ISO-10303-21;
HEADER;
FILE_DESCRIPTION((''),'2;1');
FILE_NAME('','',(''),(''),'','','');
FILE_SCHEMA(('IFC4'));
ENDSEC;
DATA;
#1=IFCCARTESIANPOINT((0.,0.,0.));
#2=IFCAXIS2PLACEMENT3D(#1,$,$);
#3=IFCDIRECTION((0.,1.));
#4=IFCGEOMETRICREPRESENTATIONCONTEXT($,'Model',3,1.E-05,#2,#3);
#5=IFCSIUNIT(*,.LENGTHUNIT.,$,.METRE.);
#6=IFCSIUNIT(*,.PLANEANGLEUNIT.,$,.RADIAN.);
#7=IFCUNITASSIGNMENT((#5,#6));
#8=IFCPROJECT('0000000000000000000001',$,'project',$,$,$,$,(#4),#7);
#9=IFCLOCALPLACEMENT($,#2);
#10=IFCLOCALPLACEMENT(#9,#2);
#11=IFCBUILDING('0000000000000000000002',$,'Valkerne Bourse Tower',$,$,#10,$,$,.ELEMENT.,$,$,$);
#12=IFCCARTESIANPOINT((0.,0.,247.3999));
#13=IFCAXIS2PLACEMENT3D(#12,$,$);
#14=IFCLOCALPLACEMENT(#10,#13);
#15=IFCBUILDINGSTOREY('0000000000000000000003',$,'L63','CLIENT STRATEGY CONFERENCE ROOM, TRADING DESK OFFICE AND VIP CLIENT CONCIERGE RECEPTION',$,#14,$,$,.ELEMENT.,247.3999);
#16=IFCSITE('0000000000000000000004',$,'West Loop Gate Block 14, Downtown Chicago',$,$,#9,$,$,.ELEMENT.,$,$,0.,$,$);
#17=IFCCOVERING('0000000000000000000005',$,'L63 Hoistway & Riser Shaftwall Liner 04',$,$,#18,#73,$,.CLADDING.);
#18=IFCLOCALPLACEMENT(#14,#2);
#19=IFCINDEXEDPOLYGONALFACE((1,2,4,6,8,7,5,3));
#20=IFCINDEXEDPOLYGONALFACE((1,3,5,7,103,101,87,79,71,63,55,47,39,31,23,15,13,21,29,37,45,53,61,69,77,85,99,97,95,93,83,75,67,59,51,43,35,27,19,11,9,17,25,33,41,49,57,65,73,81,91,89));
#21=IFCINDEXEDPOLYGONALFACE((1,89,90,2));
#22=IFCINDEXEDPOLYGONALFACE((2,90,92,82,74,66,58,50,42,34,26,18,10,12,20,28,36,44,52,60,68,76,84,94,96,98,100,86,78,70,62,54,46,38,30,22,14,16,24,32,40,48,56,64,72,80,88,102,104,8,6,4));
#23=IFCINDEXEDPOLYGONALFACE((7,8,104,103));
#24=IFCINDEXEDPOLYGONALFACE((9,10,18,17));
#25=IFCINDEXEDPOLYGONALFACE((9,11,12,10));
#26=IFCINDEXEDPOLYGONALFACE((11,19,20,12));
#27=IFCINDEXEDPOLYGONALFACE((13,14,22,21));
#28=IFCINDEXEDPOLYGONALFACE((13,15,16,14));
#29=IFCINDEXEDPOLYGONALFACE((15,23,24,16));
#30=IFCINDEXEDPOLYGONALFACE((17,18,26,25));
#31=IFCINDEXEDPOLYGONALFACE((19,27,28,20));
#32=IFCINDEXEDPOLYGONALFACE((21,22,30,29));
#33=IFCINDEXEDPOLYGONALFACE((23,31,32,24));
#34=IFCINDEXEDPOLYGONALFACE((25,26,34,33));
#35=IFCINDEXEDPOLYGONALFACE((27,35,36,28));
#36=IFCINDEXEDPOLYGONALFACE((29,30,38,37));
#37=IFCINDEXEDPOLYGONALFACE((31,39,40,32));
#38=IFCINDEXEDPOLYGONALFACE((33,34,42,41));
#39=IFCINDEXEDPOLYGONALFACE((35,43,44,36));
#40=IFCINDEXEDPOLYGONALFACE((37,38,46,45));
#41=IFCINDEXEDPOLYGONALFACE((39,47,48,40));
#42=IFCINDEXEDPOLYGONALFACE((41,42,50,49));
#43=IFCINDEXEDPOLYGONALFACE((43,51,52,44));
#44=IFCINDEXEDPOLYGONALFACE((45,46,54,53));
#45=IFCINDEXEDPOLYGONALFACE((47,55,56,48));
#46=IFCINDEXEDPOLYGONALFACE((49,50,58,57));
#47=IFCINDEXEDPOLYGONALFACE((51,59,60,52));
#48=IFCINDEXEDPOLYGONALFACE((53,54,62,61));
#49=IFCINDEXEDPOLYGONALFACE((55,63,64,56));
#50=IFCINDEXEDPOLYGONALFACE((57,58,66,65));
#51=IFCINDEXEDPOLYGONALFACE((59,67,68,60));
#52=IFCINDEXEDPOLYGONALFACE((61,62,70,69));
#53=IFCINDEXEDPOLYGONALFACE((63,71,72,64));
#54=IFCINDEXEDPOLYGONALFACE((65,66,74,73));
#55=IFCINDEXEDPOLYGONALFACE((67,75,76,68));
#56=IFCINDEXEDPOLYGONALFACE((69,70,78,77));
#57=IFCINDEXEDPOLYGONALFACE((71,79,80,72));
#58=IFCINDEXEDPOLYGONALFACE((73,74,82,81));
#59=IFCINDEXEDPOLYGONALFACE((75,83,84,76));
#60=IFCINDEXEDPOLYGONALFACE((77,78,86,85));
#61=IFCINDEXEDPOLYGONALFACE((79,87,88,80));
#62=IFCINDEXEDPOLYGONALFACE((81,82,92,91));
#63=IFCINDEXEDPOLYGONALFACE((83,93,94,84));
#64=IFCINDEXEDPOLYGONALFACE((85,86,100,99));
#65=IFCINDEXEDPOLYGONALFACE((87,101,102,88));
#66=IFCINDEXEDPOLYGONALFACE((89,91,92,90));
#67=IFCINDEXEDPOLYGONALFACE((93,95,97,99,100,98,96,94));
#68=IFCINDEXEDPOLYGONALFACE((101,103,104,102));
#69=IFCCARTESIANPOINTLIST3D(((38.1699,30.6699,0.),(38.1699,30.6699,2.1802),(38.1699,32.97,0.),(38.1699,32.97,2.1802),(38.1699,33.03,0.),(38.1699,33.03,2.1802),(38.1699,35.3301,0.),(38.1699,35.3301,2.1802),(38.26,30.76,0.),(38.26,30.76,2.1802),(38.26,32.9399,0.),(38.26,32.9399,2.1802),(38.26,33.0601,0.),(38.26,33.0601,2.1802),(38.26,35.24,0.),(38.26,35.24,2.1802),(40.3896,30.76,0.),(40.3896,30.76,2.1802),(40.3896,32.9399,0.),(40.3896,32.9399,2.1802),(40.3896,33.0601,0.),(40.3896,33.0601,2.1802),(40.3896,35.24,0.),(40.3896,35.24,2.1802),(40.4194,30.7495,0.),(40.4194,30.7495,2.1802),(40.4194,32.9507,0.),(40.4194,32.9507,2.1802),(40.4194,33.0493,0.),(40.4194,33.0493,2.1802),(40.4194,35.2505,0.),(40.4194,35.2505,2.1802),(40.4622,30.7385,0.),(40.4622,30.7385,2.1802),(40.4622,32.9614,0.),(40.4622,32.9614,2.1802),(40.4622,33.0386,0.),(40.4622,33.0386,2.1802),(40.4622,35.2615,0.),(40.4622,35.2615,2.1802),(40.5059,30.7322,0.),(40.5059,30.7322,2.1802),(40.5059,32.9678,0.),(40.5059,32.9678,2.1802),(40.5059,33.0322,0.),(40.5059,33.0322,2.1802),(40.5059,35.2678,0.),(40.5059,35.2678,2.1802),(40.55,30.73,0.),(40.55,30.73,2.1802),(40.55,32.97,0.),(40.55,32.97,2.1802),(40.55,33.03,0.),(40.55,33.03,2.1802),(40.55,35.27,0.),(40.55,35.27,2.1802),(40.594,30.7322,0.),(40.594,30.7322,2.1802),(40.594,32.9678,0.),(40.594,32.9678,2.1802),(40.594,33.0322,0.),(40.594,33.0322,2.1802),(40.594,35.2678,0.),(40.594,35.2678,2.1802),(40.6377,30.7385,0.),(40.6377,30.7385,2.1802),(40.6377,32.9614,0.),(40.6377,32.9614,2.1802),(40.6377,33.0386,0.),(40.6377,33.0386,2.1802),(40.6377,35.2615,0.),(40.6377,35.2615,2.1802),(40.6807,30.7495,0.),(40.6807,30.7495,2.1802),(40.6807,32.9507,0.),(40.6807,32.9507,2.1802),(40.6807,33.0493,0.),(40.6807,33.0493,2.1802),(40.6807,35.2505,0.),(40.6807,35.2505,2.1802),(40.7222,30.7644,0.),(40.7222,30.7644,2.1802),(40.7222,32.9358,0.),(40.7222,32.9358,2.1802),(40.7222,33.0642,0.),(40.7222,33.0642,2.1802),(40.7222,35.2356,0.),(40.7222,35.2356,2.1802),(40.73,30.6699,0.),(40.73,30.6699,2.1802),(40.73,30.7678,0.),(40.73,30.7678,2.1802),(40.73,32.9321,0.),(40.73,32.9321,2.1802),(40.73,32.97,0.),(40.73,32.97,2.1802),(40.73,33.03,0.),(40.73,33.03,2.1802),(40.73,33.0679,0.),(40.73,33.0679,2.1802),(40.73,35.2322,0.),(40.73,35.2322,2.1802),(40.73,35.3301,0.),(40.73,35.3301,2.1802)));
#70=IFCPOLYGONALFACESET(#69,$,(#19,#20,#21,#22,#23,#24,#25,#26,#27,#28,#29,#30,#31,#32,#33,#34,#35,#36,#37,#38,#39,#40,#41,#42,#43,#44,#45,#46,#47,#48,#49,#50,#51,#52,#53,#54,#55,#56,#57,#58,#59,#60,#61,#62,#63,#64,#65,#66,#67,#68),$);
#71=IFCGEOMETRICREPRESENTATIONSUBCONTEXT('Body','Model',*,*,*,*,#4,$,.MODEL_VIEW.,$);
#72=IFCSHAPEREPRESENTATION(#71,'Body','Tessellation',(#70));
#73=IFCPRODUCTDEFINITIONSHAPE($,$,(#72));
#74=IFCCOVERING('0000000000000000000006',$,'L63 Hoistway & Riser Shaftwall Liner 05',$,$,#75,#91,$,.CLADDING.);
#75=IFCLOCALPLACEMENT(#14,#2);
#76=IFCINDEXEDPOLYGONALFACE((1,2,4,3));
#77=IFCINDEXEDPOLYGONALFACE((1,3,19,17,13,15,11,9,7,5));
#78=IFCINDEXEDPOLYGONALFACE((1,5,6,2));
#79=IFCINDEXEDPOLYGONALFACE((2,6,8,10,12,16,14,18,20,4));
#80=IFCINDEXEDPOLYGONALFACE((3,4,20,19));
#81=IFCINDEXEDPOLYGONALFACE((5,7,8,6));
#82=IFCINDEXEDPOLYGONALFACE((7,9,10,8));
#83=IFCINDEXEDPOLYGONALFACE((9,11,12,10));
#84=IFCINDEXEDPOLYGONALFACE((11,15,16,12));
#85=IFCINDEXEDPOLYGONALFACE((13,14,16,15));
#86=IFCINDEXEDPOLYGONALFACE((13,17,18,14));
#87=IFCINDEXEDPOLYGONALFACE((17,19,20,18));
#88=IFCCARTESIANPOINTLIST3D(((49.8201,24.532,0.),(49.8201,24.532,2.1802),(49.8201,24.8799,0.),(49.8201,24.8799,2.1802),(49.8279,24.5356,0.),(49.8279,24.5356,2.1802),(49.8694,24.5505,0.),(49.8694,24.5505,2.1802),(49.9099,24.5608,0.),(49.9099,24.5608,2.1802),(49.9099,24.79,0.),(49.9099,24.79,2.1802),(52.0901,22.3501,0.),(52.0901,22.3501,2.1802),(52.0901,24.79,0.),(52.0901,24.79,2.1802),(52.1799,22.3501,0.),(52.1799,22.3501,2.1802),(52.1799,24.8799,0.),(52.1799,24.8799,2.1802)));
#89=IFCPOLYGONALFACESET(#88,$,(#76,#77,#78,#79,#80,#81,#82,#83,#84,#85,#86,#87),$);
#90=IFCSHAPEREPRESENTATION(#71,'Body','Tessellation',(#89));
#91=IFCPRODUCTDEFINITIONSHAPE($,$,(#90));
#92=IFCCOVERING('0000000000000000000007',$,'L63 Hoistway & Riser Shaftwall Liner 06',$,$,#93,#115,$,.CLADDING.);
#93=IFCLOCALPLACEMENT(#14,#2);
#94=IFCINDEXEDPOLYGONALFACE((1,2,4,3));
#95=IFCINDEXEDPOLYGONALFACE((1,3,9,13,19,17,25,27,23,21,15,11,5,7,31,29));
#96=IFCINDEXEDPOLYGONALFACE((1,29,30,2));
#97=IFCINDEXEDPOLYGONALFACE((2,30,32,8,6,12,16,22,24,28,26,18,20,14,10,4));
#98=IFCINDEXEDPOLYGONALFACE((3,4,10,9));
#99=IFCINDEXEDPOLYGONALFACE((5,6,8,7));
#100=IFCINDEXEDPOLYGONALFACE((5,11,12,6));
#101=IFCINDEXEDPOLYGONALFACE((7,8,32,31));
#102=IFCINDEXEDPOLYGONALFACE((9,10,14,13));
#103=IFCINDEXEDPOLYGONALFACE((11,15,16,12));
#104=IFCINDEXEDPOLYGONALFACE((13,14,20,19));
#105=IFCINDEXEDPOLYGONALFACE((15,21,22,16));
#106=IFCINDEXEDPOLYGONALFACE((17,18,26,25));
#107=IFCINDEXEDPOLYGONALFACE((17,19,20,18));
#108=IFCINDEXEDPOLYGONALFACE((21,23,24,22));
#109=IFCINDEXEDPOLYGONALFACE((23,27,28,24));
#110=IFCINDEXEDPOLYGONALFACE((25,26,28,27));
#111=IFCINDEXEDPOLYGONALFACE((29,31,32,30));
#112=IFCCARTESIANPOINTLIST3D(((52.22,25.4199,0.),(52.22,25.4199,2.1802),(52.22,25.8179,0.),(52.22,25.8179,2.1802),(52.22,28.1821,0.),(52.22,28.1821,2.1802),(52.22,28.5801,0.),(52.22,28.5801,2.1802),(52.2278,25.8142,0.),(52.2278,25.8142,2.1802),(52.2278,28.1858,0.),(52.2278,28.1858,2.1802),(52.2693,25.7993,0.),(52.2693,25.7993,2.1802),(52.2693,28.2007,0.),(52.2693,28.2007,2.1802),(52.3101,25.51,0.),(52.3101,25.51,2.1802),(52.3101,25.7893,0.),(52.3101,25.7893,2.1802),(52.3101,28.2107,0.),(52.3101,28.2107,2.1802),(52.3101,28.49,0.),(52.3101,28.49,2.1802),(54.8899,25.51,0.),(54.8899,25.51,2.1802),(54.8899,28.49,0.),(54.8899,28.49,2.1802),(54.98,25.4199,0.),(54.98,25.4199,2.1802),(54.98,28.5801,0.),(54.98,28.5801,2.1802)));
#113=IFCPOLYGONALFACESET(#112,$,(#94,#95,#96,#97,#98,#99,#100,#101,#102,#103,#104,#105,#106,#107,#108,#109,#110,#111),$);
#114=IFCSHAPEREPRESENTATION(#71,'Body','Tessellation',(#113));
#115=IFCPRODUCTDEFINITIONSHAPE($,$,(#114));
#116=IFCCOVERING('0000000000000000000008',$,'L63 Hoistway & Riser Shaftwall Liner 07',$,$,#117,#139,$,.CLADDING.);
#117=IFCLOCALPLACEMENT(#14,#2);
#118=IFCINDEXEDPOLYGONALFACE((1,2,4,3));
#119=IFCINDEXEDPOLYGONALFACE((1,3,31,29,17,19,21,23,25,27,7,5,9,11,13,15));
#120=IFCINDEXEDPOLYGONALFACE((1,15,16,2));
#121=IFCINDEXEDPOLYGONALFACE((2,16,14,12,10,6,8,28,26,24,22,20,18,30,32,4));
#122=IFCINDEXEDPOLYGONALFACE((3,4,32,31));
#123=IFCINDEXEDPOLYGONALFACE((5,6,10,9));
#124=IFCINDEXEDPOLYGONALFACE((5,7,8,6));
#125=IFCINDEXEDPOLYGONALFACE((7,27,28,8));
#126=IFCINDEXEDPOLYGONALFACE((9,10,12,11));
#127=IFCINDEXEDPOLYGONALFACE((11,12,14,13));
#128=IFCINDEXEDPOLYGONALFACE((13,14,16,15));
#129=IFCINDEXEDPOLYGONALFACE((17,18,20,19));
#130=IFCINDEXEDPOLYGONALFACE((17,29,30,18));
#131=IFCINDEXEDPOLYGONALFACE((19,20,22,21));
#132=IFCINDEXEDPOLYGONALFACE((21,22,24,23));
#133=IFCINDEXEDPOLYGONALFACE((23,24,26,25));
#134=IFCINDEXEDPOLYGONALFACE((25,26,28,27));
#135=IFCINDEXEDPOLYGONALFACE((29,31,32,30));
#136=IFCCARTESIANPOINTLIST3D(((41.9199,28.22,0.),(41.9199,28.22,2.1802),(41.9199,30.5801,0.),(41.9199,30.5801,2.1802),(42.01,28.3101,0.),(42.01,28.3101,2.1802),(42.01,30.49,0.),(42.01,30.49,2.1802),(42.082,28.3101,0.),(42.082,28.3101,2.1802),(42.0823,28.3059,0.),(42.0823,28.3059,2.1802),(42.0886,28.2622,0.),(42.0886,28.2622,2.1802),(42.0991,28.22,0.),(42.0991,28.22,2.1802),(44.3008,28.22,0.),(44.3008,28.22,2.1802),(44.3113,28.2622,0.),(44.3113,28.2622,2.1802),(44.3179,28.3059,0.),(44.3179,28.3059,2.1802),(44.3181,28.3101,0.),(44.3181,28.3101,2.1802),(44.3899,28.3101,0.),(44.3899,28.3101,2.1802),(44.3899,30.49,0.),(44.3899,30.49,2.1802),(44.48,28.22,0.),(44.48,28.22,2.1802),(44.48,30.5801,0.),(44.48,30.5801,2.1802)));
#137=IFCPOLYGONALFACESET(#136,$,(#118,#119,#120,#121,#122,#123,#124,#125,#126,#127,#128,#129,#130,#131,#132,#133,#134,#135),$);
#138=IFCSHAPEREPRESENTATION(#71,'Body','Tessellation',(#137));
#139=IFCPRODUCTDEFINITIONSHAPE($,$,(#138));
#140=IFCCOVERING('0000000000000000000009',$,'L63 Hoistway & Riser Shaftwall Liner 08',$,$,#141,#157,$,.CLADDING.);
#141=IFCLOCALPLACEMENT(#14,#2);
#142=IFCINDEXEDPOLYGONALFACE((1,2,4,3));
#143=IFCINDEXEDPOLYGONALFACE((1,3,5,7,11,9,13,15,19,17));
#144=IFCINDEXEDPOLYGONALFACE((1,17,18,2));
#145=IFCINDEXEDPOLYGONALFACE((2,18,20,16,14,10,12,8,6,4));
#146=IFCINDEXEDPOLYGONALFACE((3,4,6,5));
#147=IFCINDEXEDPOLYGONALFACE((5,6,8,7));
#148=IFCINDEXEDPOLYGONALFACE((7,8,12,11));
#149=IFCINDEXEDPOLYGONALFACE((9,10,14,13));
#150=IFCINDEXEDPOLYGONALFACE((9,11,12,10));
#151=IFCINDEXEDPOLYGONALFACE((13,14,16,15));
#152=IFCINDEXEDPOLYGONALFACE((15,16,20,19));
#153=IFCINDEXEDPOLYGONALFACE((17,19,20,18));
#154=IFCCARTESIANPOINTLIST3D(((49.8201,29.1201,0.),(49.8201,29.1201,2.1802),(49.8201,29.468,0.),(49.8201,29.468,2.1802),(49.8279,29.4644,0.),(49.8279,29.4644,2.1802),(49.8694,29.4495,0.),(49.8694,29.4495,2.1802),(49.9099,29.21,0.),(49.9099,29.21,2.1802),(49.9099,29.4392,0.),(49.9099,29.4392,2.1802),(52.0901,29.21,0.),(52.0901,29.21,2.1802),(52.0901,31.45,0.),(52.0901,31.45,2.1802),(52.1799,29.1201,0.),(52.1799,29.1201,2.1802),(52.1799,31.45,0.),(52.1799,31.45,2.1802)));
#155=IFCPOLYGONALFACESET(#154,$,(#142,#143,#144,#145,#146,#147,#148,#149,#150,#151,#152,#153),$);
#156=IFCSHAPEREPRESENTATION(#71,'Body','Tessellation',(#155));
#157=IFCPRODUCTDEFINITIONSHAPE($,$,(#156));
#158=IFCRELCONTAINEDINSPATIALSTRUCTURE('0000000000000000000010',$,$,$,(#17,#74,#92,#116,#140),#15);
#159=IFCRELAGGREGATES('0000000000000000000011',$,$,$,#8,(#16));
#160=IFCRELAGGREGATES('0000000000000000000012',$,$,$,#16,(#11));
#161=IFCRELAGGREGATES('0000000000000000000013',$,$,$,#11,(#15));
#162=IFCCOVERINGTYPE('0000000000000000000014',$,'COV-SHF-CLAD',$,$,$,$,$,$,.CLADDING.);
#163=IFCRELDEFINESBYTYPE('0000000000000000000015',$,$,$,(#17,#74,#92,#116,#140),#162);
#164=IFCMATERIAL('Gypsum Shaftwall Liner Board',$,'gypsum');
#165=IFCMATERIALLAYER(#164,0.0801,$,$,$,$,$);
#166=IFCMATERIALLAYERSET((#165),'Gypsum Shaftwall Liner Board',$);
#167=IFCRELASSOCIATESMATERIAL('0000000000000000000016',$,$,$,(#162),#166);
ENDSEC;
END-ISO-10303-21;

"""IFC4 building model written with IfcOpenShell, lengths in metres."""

from ifc_helpers import new_model, si_unit, direction, frame, origin, place, context, subcontext, project, spatial, polyline, outline, extrude, material, layer, layer_set, type_object, element, save


model = new_model("IFC4")

# Units and contexts
model_context = context("Model", 3, precision=1e-05, world=origin(), true_north=direction((0.0, 1.0)))
body_context = subcontext(model_context, "Body", "Model", "MODEL_VIEW")
ifc_project = project(units=[si_unit("LENGTHUNIT", "METRE"), si_unit("PLANEANGLEUNIT", "RADIAN")], contexts=[model_context])

# Site, building, storey
site_placement = place(None, origin())
site = spatial("IfcSite", under=ifc_project, at=site_placement, Name="West Loop Gate Block 14, Downtown Chicago", CompositionType="ELEMENT", RefElevation=0.0)
building_placement = place(site_placement, origin())
building = spatial("IfcBuilding", under=site, at=building_placement, Name="Valkerne Bourse Tower", CompositionType="ELEMENT")
storey_placement = place(building_placement, frame((0.0, 0.0, 247.3999)))
storey = spatial("IfcBuildingStorey", under=building, at=storey_placement, Name="L63", Description="CLIENT STRATEGY CONFERENCE ROOM, TRADING DESK OFFICE AND VIP CLIENT CONCIERGE RECEPTION", CompositionType="ELEMENT", Elevation=247.3999)

# Coverings
ifc_material_1 = material(Name="Gypsum Shaftwall Liner Board", Category="gypsum")
ifc_layer_1 = layer(ifc_material_1, 0.0801)
ifc_layer_set_1 = layer_set([ifc_layer_1], Name="Gypsum Shaftwall Liner Board")
covering_type_1 = type_object("IfcCoveringType", Name="COV-SHF-CLAD", PredefinedType="CLADDING", material=ifc_layer_set_1)
covering_1_placement = place(storey_placement, origin())
element("IfcCovering", 1, at=covering_1_placement, inside=storey, type_object=covering_type_1, Name="L63 Hoistway & Riser Shaftwall Liner 04", PredefinedType="CLADDING", context=body_context, shape_type="SweptSolid", body=[
    extrude(outline(polyline([(38.1699, 35.3301), (40.73, 35.3301), (40.73, 35.2322), (40.7222, 35.2356), (40.6807, 35.2505), (40.6377, 35.2615), (40.594, 35.2678), (40.55, 35.27), (40.5059, 35.2678), (40.4622, 35.2615), (40.4194, 35.2505), (40.3896, 35.24), (38.26, 35.24), (38.26, 33.0601), (40.3896, 33.0601), (40.4194, 33.0493), (40.4622, 33.0386), (40.5059, 33.0322), (40.55, 33.03), (40.594, 33.0322), (40.6377, 33.0386), (40.6807, 33.0493), (40.7222, 33.0642), (40.73, 33.0679), (40.73, 33.03), (40.73, 32.97), (40.73, 32.9321), (40.7222, 32.9358), (40.6807, 32.9507), (40.6377, 32.9614), (40.594, 32.9678), (40.55, 32.97), (40.5059, 32.9678), (40.4622, 32.9614), (40.4194, 32.9507), (40.3896, 32.9399), (38.26, 32.9399), (38.26, 30.76), (40.3896, 30.76), (40.4194, 30.7495), (40.4622, 30.7385), (40.5059, 30.7322), (40.55, 30.73), (40.594, 30.7322), (40.6377, 30.7385), (40.6807, 30.7495), (40.7222, 30.7644), (40.73, 30.7678), (40.73, 30.6699), (38.1699, 30.6699), (38.1699, 32.97), (38.1699, 33.03), (38.1699, 35.3301)])), origin(), (0.0, 0.0, 1.0), 2.1802),
])
covering_2_placement = place(storey_placement, origin())
element("IfcCovering", 2, at=covering_2_placement, inside=storey, type_object=covering_type_1, Name="L63 Hoistway & Riser Shaftwall Liner 05", PredefinedType="CLADDING", context=body_context, shape_type="SweptSolid", body=[
    extrude(outline(polyline([(52.1799, 22.3501), (52.0901, 22.3501), (52.0901, 24.79), (49.9099, 24.79), (49.9099, 24.5608), (49.8694, 24.5505), (49.8279, 24.5356), (49.8201, 24.532), (49.8201, 24.8799), (52.1799, 24.8799), (52.1799, 22.3501)])), origin(), (0.0, 0.0, 1.0), 2.1802),
])
covering_3_placement = place(storey_placement, origin())
element("IfcCovering", 3, at=covering_3_placement, inside=storey, type_object=covering_type_1, Name="L63 Hoistway & Riser Shaftwall Liner 06", PredefinedType="CLADDING", context=body_context, shape_type="SweptSolid", body=[
    extrude(outline(polyline([(54.98, 25.4199), (52.22, 25.4199), (52.22, 25.8179), (52.2278, 25.8142), (52.2693, 25.7993), (52.3101, 25.7893), (52.3101, 25.51), (54.8899, 25.51), (54.8899, 28.49), (52.3101, 28.49), (52.3101, 28.2107), (52.2693, 28.2007), (52.2278, 28.1858), (52.22, 28.1821), (52.22, 28.5801), (54.98, 28.5801), (54.98, 25.4199)])), origin(), (0.0, 0.0, 1.0), 2.1802),
])
covering_4_placement = place(storey_placement, origin())
element("IfcCovering", 4, at=covering_4_placement, inside=storey, type_object=covering_type_1, Name="L63 Hoistway & Riser Shaftwall Liner 07", PredefinedType="CLADDING", context=body_context, shape_type="SweptSolid", body=[
    extrude(outline(polyline([(44.48, 28.22), (44.3008, 28.22), (44.3113, 28.2622), (44.3179, 28.3059), (44.3181, 28.3101), (44.3899, 28.3101), (44.3899, 30.49), (42.01, 30.49), (42.01, 28.3101), (42.082, 28.3101), (42.0823, 28.3059), (42.0886, 28.2622), (42.0991, 28.22), (41.9199, 28.22), (41.9199, 30.5801), (44.48, 30.5801), (44.48, 28.22)])), origin(), (0.0, 0.0, 1.0), 2.1802),
])
covering_5_placement = place(storey_placement, origin())
element("IfcCovering", 5, at=covering_5_placement, inside=storey, type_object=covering_type_1, Name="L63 Hoistway & Riser Shaftwall Liner 08", PredefinedType="CLADDING", context=body_context, shape_type="SweptSolid", body=[
    extrude(outline(polyline([(49.8201, 29.1201), (49.8201, 29.468), (49.8279, 29.4644), (49.8694, 29.4495), (49.9099, 29.4392), (49.9099, 29.21), (52.0901, 29.21), (52.0901, 31.45), (52.1799, 31.45), (52.1799, 29.1201), (49.8201, 29.1201)])), origin(), (0.0, 0.0, 1.0), 2.1802),
])

save(model, "model.ifc")
